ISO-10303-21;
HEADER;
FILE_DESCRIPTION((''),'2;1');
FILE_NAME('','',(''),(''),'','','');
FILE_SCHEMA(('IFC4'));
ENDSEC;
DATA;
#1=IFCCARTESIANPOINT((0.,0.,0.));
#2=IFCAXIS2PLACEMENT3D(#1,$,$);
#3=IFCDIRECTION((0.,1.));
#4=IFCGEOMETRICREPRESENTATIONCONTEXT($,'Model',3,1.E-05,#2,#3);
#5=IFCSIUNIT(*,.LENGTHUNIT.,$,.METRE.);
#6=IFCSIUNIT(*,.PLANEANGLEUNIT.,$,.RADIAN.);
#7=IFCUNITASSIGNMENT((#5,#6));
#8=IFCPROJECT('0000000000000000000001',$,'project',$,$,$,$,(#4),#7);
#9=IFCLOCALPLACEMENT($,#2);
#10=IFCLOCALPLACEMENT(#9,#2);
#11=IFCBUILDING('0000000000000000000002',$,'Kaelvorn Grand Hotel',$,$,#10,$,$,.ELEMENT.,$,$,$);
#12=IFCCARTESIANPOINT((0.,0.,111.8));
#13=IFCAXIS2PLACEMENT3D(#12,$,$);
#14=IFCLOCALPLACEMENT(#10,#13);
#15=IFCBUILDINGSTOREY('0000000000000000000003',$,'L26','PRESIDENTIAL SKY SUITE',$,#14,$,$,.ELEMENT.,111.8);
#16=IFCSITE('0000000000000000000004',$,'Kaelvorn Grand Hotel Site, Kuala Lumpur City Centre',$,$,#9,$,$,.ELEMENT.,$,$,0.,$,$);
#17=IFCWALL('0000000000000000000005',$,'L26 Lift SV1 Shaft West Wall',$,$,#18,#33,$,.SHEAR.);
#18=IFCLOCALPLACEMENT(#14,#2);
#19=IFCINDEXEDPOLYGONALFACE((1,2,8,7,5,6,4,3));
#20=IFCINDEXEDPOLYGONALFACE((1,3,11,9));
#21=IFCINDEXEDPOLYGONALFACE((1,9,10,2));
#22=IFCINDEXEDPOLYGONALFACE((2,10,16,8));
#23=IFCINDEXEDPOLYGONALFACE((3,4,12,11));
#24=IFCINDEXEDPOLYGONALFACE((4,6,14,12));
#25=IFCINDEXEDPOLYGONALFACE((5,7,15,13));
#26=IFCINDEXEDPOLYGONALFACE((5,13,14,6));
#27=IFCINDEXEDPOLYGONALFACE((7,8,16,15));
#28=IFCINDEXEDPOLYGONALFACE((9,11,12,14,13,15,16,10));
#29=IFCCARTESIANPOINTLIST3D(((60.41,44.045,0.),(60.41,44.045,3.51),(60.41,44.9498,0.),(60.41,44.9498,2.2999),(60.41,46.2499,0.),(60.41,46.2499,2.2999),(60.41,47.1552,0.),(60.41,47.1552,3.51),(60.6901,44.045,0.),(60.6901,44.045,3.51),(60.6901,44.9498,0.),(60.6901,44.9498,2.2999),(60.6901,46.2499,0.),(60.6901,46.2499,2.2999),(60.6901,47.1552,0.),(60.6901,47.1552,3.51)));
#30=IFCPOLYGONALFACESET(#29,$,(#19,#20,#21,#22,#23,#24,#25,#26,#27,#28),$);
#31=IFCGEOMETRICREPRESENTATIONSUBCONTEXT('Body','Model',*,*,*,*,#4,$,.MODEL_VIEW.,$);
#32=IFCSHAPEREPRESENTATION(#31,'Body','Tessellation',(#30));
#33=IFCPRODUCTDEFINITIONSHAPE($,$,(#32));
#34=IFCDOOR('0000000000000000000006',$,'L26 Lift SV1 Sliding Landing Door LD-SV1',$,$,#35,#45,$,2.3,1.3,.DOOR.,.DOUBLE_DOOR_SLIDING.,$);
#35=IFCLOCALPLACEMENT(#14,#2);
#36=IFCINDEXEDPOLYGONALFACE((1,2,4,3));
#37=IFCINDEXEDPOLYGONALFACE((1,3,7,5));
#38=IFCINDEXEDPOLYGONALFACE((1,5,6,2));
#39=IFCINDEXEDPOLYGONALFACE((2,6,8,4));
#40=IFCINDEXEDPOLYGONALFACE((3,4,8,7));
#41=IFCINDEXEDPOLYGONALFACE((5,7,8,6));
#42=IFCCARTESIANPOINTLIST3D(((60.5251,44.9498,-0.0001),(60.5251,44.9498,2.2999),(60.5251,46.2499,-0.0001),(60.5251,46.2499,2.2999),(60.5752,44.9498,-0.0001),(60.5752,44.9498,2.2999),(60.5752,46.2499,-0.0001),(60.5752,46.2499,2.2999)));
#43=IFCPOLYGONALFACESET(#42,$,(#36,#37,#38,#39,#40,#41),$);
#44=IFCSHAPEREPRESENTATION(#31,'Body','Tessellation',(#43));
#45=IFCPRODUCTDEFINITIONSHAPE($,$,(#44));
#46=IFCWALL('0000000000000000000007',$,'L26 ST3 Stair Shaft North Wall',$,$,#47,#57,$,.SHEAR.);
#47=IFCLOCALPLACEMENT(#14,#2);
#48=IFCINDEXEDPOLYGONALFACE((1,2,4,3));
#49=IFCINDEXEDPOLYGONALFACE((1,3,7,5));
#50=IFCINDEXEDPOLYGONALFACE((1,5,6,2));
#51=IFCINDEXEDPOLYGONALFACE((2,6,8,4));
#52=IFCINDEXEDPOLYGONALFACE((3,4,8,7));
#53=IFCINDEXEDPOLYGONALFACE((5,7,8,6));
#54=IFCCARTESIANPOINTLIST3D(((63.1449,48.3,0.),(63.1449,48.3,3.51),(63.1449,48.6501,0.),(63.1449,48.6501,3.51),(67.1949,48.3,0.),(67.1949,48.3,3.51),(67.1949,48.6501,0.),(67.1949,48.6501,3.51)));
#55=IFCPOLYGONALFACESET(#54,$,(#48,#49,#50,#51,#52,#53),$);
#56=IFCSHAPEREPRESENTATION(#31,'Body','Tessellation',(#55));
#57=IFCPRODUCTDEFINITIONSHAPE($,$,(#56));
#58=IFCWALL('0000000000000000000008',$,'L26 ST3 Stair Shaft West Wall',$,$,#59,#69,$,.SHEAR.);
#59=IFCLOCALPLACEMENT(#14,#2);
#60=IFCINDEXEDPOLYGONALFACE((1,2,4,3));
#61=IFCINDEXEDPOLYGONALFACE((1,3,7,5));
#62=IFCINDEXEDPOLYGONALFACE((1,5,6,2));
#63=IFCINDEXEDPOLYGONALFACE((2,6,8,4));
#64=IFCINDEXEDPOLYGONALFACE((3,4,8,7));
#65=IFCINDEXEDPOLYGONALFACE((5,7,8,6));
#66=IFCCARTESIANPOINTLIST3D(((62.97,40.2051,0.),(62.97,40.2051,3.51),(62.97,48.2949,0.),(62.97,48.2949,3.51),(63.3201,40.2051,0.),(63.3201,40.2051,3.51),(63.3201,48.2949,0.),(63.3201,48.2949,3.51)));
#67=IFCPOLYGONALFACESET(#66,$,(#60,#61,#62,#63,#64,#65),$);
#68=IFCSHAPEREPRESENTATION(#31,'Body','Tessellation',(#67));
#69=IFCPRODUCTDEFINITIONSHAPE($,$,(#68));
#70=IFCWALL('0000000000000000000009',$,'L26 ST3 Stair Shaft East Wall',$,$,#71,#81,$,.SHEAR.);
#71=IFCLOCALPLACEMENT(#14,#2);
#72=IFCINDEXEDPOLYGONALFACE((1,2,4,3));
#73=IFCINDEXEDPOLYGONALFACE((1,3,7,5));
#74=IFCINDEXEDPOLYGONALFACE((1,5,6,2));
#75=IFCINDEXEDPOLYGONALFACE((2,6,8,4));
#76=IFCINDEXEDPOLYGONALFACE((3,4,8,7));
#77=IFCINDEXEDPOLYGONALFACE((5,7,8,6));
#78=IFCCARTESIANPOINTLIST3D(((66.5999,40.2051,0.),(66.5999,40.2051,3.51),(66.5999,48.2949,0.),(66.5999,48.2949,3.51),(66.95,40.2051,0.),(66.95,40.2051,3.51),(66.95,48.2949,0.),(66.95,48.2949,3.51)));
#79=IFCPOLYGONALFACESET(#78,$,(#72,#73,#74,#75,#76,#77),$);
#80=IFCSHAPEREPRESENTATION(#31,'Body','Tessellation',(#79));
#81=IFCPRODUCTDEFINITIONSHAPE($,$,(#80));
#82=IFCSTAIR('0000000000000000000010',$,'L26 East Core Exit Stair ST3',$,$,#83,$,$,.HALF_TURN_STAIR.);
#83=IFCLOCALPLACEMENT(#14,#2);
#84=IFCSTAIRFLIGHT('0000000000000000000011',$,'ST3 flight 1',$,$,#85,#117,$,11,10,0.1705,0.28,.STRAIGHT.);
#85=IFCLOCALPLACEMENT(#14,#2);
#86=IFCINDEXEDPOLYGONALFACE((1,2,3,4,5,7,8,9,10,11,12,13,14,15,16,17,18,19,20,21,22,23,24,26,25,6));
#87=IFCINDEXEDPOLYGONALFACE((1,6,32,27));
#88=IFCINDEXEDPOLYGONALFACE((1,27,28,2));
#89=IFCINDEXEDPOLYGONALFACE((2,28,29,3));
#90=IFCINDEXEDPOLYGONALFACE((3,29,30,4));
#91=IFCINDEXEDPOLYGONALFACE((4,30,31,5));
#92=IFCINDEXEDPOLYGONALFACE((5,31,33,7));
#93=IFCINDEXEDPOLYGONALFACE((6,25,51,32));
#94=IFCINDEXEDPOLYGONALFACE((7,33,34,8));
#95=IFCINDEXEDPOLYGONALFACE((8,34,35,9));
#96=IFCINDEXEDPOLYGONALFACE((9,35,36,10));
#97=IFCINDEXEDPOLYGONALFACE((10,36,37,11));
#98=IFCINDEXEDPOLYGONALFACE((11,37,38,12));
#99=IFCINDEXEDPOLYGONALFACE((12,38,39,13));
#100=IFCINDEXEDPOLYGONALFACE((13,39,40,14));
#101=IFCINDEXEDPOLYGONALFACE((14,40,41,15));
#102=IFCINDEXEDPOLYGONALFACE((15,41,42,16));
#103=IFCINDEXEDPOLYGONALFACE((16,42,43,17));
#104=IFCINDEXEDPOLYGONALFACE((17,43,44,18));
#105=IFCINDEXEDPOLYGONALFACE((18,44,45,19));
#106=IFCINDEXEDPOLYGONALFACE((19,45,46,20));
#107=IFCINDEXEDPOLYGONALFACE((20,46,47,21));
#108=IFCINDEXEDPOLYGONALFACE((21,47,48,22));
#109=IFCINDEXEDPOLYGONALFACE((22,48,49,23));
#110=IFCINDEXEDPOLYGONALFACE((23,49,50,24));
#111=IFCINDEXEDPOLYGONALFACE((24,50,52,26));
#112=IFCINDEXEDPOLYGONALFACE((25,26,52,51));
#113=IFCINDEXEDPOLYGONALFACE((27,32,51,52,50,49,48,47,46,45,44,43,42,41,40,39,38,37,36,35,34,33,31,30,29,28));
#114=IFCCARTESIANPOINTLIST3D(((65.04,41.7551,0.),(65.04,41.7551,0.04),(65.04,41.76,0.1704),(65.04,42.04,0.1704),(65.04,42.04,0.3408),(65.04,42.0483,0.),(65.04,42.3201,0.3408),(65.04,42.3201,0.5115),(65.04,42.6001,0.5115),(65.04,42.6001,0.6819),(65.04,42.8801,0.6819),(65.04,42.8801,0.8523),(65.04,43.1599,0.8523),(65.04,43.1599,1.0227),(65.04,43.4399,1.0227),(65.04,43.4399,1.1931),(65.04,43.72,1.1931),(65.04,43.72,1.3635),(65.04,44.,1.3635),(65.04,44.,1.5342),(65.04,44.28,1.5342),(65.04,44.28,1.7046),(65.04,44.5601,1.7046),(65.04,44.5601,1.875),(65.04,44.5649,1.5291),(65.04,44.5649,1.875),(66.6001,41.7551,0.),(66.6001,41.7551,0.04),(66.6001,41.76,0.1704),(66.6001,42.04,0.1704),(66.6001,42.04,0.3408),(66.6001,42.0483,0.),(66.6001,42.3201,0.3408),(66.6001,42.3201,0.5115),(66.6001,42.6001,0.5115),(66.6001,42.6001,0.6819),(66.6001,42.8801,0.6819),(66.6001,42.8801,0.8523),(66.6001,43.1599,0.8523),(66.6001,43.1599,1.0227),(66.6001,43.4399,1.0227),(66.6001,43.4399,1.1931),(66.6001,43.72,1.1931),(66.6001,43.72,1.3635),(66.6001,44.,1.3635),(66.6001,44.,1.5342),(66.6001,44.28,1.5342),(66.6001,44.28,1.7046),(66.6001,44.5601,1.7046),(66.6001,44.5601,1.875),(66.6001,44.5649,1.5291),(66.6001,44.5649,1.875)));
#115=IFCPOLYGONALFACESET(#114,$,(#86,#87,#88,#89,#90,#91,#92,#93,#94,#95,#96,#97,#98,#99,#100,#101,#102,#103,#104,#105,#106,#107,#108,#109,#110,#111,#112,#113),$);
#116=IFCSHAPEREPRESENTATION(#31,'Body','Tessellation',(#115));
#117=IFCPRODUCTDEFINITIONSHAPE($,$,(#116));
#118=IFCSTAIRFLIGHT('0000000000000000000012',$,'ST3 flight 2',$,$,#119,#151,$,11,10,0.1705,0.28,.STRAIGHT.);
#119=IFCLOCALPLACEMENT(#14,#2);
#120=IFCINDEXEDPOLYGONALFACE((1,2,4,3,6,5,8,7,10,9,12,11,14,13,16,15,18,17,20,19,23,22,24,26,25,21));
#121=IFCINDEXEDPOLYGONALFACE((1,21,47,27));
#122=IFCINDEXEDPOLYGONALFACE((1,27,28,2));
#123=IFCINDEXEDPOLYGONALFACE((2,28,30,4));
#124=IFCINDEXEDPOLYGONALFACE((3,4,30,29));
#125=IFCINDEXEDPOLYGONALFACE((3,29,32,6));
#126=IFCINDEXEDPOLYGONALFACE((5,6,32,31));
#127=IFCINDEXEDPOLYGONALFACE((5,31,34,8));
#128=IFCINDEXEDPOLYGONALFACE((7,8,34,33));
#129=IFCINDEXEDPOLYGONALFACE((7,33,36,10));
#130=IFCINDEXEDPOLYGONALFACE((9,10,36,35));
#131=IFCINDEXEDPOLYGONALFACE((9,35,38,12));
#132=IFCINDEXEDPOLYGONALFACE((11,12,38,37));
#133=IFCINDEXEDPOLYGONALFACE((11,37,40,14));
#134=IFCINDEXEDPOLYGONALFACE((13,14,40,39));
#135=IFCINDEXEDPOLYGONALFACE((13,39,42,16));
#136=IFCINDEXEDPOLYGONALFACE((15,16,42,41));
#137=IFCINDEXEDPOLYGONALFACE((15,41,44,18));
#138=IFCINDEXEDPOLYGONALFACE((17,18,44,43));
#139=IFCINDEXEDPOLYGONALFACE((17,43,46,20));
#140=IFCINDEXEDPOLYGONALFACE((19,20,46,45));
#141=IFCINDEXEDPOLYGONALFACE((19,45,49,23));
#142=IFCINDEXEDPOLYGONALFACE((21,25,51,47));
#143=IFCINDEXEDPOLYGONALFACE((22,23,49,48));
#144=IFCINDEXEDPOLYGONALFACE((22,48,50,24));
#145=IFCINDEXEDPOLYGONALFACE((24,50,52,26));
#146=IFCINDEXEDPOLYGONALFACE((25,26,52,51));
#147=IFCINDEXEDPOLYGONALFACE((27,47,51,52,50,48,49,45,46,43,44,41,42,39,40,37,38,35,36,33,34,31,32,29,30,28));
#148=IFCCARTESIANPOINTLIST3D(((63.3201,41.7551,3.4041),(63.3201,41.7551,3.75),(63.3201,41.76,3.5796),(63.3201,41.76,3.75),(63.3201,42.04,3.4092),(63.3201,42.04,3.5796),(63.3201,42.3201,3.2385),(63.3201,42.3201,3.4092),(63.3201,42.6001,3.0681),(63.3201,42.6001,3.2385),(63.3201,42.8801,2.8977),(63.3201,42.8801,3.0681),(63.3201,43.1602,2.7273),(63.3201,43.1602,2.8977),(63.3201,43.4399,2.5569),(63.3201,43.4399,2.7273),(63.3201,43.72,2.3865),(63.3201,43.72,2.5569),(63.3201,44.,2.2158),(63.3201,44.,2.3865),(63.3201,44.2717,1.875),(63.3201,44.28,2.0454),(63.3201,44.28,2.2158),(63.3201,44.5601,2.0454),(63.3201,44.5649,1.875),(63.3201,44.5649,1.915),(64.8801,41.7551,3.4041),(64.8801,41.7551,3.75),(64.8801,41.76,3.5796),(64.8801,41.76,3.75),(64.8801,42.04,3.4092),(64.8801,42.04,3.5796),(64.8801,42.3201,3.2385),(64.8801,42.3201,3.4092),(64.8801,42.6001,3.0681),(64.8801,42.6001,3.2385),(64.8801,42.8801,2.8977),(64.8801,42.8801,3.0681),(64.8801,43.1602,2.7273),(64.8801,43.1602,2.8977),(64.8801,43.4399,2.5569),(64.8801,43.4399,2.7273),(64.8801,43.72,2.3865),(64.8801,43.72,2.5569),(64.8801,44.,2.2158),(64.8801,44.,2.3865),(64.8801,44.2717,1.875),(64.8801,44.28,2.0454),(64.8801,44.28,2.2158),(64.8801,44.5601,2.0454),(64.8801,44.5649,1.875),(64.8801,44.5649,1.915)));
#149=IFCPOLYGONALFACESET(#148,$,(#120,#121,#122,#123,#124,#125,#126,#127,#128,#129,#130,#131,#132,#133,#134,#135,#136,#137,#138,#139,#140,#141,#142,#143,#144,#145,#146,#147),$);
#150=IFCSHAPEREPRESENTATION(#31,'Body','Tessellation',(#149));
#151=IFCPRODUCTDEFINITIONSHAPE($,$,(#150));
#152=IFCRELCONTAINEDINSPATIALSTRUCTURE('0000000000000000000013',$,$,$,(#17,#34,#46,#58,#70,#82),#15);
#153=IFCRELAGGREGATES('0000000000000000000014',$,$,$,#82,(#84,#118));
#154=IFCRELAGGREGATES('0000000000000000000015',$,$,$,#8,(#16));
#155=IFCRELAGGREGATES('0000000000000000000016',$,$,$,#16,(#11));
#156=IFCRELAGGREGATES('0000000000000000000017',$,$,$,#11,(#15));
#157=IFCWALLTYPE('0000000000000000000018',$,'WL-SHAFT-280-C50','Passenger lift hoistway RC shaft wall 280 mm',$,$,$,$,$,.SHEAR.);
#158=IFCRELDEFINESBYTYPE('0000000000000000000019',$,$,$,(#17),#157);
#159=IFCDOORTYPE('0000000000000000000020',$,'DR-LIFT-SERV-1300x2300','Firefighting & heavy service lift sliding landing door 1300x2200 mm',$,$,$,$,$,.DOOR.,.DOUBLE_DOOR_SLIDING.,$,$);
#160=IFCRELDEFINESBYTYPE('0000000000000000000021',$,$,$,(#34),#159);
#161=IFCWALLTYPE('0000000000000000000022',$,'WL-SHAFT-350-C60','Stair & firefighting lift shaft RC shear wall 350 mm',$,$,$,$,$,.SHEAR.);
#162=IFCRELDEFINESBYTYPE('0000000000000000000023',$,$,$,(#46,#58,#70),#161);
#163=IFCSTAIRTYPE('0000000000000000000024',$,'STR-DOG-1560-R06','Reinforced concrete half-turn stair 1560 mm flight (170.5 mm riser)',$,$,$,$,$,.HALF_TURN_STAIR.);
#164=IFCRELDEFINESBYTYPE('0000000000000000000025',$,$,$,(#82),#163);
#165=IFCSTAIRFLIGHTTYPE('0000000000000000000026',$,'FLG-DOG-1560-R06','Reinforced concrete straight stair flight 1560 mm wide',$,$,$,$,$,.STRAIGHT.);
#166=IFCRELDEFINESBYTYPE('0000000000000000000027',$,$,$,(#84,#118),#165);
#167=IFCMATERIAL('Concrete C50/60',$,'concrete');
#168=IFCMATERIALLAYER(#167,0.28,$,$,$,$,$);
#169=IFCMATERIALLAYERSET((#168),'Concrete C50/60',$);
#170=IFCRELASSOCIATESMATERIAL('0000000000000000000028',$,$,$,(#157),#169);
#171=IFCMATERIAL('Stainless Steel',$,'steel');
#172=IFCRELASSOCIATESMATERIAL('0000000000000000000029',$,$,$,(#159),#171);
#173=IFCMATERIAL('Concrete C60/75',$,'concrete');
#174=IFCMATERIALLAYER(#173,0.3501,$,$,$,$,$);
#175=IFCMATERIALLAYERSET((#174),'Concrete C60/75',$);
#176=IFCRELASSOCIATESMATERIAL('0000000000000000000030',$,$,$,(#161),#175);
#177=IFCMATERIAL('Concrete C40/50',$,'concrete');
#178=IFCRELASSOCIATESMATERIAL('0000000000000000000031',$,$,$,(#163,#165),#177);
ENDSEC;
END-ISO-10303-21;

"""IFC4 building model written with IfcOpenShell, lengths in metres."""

from ifc_helpers import new_model, si_unit, direction, frame, frame_2d, origin, place, context, subcontext, project, spatial, polyline, rectangle, outline, extrude, material, layer, layer_set, type_object, element, fill, aggregate, save


model = new_model("IFC4")

# Units and contexts
model_context = context("Model", 3, precision=1e-05, world=origin(), true_north=direction((0.0, 1.0)))
body_context = subcontext(model_context, "Body", "Model", "MODEL_VIEW")
ifc_project = project(units=[si_unit("LENGTHUNIT", "METRE"), si_unit("PLANEANGLEUNIT", "RADIAN")], contexts=[model_context])

# Site, building, storey
site_placement = place(None, origin())
site = spatial("IfcSite", under=ifc_project, at=site_placement, Name="Kaelvorn Grand Hotel Site, Kuala Lumpur City Centre", CompositionType="ELEMENT", RefElevation=0.0)
building_placement = place(site_placement, origin())
building = spatial("IfcBuilding", under=site, at=building_placement, Name="Kaelvorn Grand Hotel", CompositionType="ELEMENT")
storey_placement = place(building_placement, frame((0.0, 0.0, 111.8)))
storey = spatial("IfcBuildingStorey", under=building, at=storey_placement, Name="L26", Description="PRESIDENTIAL SKY SUITE", CompositionType="ELEMENT", Elevation=111.8)

# Shared definitions
ifc_material_1 = material(Name="Concrete C60/75", Category="concrete")

# Shared definitions
ifc_material_2 = material(Name="Concrete C40/50", Category="concrete")
ifc_material_3 = material(Name="Concrete C50/60", Category="concrete")
ifc_layer_1 = layer(ifc_material_3, 0.28)
ifc_layer_set_1 = layer_set([ifc_layer_1], Name="Concrete C50/60")
wall_type_1 = type_object("IfcWallType", Name="WL-SHAFT-280-C50", Description="Passenger lift hoistway RC shaft wall 280 mm", PredefinedType="SHEAR", material=ifc_layer_set_1)

# Wall, opening, door
wall_1_placement = place(storey_placement, frame((60.55, 44.0449, 0.0), z_axis=(0.0, 0.0, 1.0), x_axis=(0.0, 1.0, 0.0)))
wall_1 = element("IfcWall", 1, at=wall_1_placement, inside=storey, type_object=wall_type_1, Name="L26 Lift SV1 Shaft West Wall", PredefinedType="SHEAR", context=body_context, shape_type="SweptSolid", body=[
    extrude(rectangle(XDim=3.1101, YDim=0.28, at=frame_2d((1.5552, 0.0))), origin(), (0.0, 0.0, 1.0), 3.51),
])
opening_1_placement = place(wall_1_placement, frame((0.905, 0.0, 0.0)))
opening_1 = element("IfcOpeningElement", 2, at=opening_1_placement, cuts=wall_1, PredefinedType="OPENING", context=body_context, shape_type="SweptSolid", body=[
    extrude(rectangle(XDim=1.3, YDim=2.3, at=frame_2d((0.6499, 1.1499))), frame((0.0, 0.1499, 0.0), z_axis=(0.0, -1.0, 0.0), x_axis=(1.0, 0.0, 0.0)), (0.0, 0.0, 1.0), 0.3),
])
ifc_material_4 = material(Name="Stainless Steel", Category="steel")
door_type_1 = type_object("IfcDoorType", Name="DR-LIFT-SERV-1300x2300", Description="Firefighting & heavy service lift sliding landing door 1300x2200 mm", OperationType="DOUBLE_DOOR_SLIDING", PredefinedType="DOOR", material=ifc_material_4)
door_1_placement = place(opening_1_placement, origin())
door_1 = element("IfcDoor", 3, at=door_1_placement, inside=storey, type_object=door_type_1, Name="L26 Lift SV1 Sliding Landing Door LD-SV1", OperationType="DOUBLE_DOOR_SLIDING", OverallHeight=2.3, OverallWidth=1.3, PredefinedType="DOOR", context=body_context, shape_type="SweptSolid", body=[
    extrude(rectangle(XDim=1.3, YDim=2.3, at=frame_2d((0.6499, 1.1499))), frame((0.0, 0.0249, 0.0), z_axis=(0.0, -1.0, 0.0), x_axis=(1.0, 0.0, 0.0)), (0.0, 0.0, 1.0), 0.05),
])
fill(opening_1, door_1)
ifc_layer_2 = layer(ifc_material_1, 0.3501)
ifc_layer_set_2 = layer_set([ifc_layer_2], Name="Concrete C60/75")
wall_type_2 = type_object("IfcWallType", Name="WL-SHAFT-350-C60", Description="Stair & firefighting lift shaft RC shear wall 350 mm", PredefinedType="SHEAR", material=ifc_layer_set_2)

# Walls
wall_2_placement = place(storey_placement, frame((63.145, 48.4751, 0.0), z_axis=(0.0, 0.0, 1.0), x_axis=(1.0, 0.0, 0.0)))
element("IfcWall", 4, at=wall_2_placement, inside=storey, type_object=wall_type_2, Name="L26 ST3 Stair Shaft North Wall", PredefinedType="SHEAR", context=body_context, shape_type="SweptSolid", body=[
    extrude(rectangle(XDim=4.05, YDim=0.3501, at=frame_2d((2.0249, 0.0))), origin(), (0.0, 0.0, 1.0), 3.51),
])
for number, where, z_axis, x_axis, name in (
    (5, (63.145, 40.2051, 0.0), (0.0, 0.0, 1.0), (0.0, 1.0, 0.0), "L26 ST3 Stair Shaft West Wall"),
    (6, (66.7749, 40.2051, 0.0), (0.0, 0.0, 1.0), (0.0, 1.0, 0.0), "L26 ST3 Stair Shaft East Wall"),
):
    element("IfcWall", number, at=place(storey_placement, frame(where, z_axis=z_axis, x_axis=x_axis)), inside=storey, type_object=wall_type_2, Name=name, PredefinedType="SHEAR", context=body_context, shape_type="SweptSolid", body=[
        extrude(rectangle(XDim=8.0898, YDim=0.3501, at=frame_2d((4.0449, 0.0))), origin(), (0.0, 0.0, 1.0), 3.51),
    ])

# Stair, stair flights
stair_type = type_object("IfcStairType", Name="STR-DOG-1560-R06", Description="Reinforced concrete half-turn stair 1560 mm flight (170.5 mm riser)", PredefinedType="HALF_TURN_STAIR", material=ifc_material_2)
stair_placement = place(storey_placement, origin())
stair = element("IfcStair", 7, at=stair_placement, inside=storey, type_object=stair_type, Name="L26 East Core Exit Stair ST3", PredefinedType="HALF_TURN_STAIR")
stair_flight_type = type_object("IfcStairFlightType", Name="FLG-DOG-1560-R06", Description="Reinforced concrete straight stair flight 1560 mm wide", PredefinedType="STRAIGHT", material=ifc_material_2)
stair_flight_1_placement = place(storey_placement, frame((65.8201, 41.76, 0.0), z_axis=(0.0, 0.0, 1.0), x_axis=(0.0, 1.0, 0.0)))
stair_flight_1 = element("IfcStairFlight", 8, at=stair_flight_1_placement, type_object=stair_flight_type, Name="ST3 flight 1", NumberOfRisers=11, NumberOfTreads=10, PredefinedType="STRAIGHT", RiserHeight=0.1705, TreadLength=0.28, context=body_context, shape_type="SweptSolid", body=[
    extrude(outline(polyline([(-0.0049, 0.0), (-0.0049, 0.04), (0.0, 0.1704), (0.28, 0.1704), (0.28, 0.3408), (0.5601, 0.3408), (0.5601, 0.5115), (0.8401, 0.5115), (0.8401, 0.6819), (1.1201, 0.6819), (1.1201, 0.8523), (1.3999, 0.8523), (1.3999, 1.0227), (1.6799, 1.0227), (1.6799, 1.1931), (1.96, 1.1931), (1.96, 1.3635), (2.24, 1.3635), (2.24, 1.5342), (2.52, 1.5342), (2.52, 1.7046), (2.8, 1.7046), (2.8, 1.875), (2.8049, 1.875), (2.8049, 1.5291), (0.2883, 0.0), (-0.0049, 0.0)])), frame((0.0, 0.78, 0.0), z_axis=(0.0, -1.0, 0.0), x_axis=(1.0, 0.0, 0.0)), (0.0, 0.0, 1.0), 1.5601),
])
stair_flight_2_placement = place(storey_placement, frame((64.1001, 44.5601, 1.875), z_axis=(0.0, 0.0, 1.0), x_axis=(0.0, -1.0, 0.0)))
stair_flight_2 = element("IfcStairFlight", 9, at=stair_flight_2_placement, type_object=stair_flight_type, Name="ST3 flight 2", NumberOfRisers=11, NumberOfTreads=10, PredefinedType="STRAIGHT", RiserHeight=0.1705, TreadLength=0.28, context=body_context, shape_type="SweptSolid", body=[
    extrude(outline(polyline([(-0.0049, 0.0), (-0.0049, 0.04), (0.0, 0.1704), (0.28, 0.1704), (0.28, 0.3408), (0.5601, 0.3408), (0.5601, 0.5115), (0.8401, 0.5115), (0.8401, 0.6819), (1.1201, 0.6819), (1.1201, 0.8523), (1.3999, 0.8523), (1.3999, 1.0227), (1.6799, 1.0227), (1.6799, 1.1931), (1.96, 1.1931), (1.96, 1.3635), (2.24, 1.3635), (2.24, 1.5342), (2.52, 1.5342), (2.52, 1.7046), (2.8, 1.7046), (2.8, 1.875), (2.8049, 1.875), (2.8049, 1.5291), (0.2883, 0.0), (-0.0049, 0.0)])), frame((0.0, 0.78, 0.0), z_axis=(0.0, -1.0, 0.0), x_axis=(1.0, 0.0, 0.0)), (0.0, 0.0, 1.0), 1.5601),
])
aggregate(stair, [stair_flight_1, stair_flight_2])

save(model, "model.ifc")
